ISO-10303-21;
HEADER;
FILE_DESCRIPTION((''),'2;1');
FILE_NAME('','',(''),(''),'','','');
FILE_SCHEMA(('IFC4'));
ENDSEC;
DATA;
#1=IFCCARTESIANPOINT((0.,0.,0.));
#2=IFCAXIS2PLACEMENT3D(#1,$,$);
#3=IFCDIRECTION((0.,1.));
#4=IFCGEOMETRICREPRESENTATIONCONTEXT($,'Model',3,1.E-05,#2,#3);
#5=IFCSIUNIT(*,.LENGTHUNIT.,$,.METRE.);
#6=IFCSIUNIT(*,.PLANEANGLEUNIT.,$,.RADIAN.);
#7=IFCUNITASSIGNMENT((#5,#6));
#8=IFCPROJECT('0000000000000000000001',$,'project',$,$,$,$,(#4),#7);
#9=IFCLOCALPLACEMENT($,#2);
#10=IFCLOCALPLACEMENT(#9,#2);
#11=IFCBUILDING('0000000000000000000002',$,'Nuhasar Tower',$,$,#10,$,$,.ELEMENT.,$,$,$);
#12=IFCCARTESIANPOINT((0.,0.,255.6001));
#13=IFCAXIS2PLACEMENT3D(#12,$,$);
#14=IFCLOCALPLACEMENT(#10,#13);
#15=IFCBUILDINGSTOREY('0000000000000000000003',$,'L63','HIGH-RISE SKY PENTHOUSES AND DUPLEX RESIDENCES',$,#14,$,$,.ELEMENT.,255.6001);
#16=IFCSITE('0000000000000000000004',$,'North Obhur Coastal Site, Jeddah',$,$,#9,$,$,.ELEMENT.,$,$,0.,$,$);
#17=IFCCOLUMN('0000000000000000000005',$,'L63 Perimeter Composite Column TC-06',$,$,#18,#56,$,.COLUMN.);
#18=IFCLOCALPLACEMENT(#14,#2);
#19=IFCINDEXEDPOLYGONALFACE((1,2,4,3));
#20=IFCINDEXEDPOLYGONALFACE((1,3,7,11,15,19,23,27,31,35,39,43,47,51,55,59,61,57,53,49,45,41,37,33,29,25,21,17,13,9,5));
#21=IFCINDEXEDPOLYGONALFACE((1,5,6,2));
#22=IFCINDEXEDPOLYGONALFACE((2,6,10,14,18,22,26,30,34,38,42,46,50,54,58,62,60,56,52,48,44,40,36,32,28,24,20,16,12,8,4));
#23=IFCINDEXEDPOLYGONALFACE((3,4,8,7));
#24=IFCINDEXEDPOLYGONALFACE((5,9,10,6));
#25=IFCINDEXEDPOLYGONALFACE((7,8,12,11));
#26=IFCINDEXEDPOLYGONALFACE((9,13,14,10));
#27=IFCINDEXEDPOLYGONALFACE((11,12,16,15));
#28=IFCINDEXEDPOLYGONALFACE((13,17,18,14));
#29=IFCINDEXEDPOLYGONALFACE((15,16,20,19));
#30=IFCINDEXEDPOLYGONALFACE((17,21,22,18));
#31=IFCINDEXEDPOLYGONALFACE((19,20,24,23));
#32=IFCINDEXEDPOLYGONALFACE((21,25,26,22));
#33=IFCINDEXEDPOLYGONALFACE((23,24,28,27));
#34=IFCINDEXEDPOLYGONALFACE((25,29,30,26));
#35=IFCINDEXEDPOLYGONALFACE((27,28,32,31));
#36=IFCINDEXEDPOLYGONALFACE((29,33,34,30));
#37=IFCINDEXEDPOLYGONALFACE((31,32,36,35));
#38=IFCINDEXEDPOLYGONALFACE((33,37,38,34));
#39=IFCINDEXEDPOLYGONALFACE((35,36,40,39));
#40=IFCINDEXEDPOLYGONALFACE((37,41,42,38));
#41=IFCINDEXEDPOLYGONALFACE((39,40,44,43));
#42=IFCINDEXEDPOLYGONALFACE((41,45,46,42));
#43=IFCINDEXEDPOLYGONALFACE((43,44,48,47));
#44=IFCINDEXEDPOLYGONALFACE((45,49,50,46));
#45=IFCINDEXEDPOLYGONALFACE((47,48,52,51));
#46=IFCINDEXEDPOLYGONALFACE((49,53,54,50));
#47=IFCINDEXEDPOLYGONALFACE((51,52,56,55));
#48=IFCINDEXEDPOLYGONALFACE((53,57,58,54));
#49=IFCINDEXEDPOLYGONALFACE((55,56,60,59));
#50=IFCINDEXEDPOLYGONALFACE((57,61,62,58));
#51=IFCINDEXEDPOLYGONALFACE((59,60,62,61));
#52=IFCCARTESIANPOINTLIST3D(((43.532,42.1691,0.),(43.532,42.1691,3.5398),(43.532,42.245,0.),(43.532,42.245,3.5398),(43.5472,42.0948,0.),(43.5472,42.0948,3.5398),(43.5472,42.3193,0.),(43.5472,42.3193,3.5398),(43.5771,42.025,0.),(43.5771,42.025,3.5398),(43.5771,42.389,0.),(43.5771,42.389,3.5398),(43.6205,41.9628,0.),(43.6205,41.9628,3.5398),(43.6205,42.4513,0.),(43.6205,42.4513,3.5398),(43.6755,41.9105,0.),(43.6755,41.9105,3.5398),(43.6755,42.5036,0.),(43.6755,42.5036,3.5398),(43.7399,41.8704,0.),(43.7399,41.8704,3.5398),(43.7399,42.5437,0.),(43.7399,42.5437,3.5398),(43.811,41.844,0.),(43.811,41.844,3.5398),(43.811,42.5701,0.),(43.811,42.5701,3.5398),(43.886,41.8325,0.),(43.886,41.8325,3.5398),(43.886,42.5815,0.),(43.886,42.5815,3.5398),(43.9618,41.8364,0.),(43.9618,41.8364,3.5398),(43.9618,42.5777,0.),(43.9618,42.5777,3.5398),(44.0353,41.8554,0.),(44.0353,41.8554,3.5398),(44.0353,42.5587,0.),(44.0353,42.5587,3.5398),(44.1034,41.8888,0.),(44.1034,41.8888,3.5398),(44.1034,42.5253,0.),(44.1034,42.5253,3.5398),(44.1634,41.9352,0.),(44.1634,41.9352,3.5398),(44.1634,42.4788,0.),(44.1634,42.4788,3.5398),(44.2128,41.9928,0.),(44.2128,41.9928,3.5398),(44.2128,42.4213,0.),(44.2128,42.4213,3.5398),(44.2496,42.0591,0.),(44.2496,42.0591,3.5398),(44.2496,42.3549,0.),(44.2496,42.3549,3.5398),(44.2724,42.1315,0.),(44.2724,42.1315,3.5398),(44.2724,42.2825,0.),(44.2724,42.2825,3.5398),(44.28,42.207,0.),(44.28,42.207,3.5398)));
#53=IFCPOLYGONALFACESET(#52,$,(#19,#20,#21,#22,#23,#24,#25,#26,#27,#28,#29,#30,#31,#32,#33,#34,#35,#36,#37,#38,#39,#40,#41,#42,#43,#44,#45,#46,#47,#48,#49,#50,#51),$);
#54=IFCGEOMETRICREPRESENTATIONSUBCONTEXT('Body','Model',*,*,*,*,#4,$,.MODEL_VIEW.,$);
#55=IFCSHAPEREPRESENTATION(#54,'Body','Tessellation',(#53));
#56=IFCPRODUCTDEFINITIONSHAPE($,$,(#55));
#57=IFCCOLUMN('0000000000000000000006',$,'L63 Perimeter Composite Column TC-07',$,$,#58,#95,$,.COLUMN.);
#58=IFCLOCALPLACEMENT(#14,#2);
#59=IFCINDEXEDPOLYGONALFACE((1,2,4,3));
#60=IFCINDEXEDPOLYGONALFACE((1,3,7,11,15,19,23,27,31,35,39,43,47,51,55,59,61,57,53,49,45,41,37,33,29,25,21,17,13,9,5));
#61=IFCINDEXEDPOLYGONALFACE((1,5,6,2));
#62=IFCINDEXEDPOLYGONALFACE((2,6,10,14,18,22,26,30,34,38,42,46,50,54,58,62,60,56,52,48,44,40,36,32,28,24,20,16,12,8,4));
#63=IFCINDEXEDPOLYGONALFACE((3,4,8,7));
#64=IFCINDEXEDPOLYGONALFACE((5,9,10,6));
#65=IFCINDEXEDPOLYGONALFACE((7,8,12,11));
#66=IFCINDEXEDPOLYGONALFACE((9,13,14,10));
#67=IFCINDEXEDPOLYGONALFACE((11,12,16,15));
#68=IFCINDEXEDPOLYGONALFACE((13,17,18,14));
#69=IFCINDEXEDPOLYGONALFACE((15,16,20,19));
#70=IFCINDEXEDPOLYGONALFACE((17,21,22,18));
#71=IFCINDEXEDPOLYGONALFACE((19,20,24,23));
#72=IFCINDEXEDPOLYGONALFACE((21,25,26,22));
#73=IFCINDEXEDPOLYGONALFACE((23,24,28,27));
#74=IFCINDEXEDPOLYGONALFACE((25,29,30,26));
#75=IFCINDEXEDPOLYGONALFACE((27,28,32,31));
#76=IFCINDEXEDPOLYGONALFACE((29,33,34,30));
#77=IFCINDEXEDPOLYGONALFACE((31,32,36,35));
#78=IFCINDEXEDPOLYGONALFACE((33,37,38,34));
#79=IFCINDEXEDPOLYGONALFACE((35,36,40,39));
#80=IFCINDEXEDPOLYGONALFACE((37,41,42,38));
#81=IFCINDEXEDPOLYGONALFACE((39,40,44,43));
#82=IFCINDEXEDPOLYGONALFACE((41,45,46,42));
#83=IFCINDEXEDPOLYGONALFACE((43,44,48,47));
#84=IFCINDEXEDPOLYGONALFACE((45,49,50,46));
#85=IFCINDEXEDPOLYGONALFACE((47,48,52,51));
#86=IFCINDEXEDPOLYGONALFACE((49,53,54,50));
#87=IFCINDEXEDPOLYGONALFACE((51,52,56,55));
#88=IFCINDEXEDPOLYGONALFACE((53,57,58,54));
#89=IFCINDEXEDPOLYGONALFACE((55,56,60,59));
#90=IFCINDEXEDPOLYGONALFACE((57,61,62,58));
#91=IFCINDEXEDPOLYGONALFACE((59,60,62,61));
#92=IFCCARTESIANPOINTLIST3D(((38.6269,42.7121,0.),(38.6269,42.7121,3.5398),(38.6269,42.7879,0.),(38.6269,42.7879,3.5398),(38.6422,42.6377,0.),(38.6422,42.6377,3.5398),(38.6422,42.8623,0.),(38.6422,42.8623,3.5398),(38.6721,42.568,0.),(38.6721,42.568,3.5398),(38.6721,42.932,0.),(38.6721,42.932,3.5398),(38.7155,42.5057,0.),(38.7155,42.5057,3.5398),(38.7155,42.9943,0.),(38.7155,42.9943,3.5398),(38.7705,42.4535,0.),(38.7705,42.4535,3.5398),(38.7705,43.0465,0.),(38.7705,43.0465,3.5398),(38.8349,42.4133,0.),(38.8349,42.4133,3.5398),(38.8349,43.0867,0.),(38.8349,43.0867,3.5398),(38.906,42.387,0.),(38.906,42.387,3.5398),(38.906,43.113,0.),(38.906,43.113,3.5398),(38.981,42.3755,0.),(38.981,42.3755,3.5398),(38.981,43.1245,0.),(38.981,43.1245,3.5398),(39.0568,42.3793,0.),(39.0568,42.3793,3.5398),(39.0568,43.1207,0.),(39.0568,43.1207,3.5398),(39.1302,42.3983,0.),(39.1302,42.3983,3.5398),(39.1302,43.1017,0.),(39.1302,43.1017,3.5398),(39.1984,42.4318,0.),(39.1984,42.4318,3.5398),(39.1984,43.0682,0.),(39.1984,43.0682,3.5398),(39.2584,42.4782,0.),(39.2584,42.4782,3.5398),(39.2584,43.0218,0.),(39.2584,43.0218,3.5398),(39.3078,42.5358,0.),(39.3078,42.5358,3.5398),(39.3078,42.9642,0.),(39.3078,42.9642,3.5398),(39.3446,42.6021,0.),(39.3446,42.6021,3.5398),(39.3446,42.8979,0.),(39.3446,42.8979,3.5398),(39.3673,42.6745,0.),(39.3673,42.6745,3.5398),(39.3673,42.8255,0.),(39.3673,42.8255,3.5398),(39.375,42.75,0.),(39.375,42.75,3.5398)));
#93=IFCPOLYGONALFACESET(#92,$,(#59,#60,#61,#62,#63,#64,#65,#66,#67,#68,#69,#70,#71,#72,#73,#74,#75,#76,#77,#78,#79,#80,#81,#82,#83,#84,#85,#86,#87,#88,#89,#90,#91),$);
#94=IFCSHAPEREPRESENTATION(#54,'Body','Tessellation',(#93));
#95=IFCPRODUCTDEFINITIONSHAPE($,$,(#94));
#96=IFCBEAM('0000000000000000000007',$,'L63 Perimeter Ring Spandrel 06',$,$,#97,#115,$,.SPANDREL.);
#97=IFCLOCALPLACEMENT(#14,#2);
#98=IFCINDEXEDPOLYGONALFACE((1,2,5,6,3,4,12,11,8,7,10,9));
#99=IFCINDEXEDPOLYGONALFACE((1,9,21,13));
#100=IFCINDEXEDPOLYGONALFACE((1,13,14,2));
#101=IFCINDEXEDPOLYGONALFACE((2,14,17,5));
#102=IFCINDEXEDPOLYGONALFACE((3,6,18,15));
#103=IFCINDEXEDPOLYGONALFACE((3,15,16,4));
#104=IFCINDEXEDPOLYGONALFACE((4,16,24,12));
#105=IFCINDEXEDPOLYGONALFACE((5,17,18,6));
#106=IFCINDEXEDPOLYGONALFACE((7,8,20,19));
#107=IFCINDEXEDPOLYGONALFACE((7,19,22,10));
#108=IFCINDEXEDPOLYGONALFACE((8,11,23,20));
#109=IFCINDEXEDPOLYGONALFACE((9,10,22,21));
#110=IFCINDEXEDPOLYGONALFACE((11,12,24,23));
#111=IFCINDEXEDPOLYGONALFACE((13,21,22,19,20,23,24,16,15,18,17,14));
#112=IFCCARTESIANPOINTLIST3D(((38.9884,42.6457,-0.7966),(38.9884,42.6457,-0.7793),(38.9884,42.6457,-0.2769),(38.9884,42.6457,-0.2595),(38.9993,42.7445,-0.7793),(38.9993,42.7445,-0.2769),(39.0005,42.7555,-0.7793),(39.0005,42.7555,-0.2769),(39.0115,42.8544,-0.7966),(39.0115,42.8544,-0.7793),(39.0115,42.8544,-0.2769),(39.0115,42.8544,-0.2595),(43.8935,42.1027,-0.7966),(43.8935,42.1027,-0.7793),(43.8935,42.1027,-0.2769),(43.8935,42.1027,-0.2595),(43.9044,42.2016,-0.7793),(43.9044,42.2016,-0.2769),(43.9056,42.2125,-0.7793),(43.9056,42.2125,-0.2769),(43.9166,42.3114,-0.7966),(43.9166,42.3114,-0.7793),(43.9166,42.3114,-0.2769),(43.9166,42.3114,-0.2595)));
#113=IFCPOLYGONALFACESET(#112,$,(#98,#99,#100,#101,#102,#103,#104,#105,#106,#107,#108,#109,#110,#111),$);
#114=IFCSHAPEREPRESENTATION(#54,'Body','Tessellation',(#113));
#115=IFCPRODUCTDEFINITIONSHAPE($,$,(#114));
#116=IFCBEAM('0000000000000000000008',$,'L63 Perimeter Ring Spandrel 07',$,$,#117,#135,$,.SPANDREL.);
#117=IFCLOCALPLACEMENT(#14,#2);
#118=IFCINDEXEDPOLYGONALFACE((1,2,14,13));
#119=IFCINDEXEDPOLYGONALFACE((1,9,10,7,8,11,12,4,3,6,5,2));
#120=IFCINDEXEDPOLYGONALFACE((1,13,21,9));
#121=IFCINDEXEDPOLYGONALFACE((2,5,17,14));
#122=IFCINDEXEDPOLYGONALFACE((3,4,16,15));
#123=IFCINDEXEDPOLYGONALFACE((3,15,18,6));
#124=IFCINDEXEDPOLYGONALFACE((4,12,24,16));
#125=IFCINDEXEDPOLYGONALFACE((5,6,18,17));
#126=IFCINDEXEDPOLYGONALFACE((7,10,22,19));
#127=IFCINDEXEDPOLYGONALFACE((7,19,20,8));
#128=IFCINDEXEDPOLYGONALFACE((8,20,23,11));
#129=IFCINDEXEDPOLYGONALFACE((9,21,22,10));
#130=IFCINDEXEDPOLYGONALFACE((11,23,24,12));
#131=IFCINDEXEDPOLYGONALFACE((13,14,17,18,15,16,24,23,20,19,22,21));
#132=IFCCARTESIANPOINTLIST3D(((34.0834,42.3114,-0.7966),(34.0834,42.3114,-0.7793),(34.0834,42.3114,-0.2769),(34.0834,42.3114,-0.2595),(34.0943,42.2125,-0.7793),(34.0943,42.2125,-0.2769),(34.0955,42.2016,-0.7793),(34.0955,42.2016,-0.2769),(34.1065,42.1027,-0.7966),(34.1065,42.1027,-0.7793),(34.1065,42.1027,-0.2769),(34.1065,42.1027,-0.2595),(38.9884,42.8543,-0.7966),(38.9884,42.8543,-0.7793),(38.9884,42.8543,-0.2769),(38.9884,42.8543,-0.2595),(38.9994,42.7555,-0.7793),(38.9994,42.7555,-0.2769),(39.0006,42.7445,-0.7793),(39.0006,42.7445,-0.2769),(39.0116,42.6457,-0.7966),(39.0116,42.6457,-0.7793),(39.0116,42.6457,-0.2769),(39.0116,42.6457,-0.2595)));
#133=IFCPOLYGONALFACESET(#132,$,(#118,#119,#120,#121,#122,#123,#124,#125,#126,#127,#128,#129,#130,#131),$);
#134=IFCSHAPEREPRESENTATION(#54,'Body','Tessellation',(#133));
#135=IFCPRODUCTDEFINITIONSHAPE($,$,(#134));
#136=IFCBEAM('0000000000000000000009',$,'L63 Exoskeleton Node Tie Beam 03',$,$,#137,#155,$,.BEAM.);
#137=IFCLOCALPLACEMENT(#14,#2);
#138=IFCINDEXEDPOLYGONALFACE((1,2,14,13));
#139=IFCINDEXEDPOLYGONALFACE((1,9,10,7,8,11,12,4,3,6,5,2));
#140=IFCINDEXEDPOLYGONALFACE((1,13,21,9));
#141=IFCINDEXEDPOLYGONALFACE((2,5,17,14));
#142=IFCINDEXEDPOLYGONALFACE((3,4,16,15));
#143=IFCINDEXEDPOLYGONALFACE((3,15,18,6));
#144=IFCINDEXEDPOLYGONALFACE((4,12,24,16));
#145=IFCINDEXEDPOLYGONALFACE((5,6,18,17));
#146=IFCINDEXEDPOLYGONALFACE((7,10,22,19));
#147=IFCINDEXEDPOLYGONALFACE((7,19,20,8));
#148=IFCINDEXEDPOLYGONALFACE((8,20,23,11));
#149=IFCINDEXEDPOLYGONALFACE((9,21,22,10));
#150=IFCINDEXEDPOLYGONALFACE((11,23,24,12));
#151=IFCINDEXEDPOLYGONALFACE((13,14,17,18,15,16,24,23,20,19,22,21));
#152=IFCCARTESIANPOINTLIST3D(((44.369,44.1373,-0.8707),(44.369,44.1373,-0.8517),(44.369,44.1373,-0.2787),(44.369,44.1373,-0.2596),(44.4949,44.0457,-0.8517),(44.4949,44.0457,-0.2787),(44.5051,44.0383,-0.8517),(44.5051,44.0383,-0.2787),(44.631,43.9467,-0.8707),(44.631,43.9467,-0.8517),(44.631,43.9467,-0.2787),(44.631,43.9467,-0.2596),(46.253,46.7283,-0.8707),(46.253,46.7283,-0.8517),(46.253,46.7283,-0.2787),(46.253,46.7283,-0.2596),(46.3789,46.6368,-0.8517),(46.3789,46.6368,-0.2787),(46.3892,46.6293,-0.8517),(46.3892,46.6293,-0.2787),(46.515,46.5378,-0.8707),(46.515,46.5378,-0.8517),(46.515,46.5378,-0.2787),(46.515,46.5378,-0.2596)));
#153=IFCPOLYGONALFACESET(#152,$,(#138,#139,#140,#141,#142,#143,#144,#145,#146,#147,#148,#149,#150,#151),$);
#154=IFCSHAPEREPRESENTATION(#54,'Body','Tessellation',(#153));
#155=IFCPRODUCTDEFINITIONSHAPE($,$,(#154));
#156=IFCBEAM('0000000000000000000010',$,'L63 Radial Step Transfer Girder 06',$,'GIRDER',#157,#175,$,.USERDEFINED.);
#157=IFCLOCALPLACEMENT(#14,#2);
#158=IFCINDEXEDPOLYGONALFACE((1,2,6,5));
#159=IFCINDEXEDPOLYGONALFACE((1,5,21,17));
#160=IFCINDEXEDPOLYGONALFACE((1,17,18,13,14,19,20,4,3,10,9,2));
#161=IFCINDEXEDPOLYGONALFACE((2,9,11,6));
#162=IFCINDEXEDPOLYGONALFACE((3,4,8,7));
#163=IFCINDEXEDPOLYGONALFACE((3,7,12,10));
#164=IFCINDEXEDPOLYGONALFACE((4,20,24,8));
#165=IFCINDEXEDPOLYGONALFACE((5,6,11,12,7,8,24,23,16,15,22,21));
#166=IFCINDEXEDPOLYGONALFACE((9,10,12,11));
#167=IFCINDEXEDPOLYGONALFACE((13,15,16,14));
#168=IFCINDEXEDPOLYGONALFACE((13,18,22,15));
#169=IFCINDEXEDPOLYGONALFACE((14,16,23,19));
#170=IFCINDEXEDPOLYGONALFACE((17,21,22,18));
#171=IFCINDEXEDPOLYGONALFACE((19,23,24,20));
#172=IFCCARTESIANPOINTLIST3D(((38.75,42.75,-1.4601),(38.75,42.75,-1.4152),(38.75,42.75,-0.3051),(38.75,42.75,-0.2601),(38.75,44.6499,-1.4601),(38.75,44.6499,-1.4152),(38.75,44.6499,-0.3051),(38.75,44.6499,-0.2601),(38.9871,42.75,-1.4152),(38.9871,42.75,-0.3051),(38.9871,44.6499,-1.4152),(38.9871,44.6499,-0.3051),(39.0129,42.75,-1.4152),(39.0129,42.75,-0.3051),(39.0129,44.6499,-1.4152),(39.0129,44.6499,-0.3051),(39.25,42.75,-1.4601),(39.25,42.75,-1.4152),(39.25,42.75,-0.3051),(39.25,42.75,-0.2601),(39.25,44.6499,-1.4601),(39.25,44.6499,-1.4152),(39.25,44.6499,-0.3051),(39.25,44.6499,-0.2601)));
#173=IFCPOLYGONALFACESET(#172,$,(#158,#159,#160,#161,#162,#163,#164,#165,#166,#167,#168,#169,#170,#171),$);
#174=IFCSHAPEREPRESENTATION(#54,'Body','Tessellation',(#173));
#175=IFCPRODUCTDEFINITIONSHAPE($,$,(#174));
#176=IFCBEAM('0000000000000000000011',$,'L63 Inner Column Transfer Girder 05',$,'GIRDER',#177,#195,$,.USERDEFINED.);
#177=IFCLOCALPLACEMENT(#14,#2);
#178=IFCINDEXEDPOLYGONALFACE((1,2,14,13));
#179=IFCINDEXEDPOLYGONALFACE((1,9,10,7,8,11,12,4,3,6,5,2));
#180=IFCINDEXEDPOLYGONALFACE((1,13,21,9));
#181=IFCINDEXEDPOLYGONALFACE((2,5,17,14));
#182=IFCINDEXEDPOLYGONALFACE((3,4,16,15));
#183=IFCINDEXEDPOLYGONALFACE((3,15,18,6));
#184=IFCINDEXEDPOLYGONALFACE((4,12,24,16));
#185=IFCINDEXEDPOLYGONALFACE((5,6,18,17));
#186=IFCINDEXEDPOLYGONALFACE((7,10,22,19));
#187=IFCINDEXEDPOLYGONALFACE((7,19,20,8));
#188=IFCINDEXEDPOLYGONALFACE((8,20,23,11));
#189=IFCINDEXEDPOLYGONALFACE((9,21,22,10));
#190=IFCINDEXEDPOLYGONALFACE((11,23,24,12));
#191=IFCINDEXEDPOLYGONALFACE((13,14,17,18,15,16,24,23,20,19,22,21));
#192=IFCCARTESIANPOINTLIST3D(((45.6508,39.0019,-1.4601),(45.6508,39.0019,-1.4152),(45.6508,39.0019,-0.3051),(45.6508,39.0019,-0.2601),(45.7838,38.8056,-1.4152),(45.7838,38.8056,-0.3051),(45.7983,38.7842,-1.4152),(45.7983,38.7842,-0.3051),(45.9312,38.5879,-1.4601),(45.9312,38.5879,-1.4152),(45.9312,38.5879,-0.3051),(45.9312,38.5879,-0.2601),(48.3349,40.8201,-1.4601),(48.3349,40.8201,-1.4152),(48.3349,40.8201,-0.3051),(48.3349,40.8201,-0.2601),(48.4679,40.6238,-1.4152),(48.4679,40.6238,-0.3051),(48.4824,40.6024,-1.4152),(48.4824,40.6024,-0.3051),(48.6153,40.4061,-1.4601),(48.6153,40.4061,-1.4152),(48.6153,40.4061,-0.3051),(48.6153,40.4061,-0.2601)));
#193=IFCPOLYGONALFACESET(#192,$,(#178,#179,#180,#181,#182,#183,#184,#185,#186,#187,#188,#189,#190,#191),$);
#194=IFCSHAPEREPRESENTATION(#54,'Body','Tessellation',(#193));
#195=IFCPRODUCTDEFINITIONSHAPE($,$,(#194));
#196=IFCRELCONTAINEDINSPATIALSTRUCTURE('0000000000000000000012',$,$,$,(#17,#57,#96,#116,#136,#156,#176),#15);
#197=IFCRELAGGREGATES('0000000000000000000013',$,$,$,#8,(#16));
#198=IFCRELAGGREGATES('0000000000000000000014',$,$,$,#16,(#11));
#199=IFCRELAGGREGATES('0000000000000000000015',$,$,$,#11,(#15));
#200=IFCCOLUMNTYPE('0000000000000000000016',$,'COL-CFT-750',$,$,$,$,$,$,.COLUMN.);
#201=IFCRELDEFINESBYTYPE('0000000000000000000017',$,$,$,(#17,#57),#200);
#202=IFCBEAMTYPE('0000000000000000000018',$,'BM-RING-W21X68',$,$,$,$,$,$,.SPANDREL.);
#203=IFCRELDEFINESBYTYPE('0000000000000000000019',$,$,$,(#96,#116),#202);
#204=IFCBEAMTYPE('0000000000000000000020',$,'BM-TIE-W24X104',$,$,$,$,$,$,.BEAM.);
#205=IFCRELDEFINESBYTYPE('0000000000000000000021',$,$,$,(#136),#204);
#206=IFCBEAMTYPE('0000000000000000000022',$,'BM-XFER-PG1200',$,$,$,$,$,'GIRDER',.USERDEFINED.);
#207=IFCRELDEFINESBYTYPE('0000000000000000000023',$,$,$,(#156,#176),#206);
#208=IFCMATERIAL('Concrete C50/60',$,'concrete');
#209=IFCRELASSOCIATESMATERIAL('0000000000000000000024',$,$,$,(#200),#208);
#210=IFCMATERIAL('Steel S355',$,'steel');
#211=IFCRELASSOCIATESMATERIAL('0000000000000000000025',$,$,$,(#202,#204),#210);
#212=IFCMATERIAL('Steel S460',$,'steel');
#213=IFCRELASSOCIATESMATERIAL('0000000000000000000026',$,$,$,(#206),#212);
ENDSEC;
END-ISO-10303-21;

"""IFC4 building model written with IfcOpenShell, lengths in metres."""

from ifc_helpers import new_model, si_unit, direction, frame, origin, origin_2d, place, context, subcontext, project, spatial, circle, i_section, extrude, material, material_profile, profile_set, type_object, element, save


model = new_model("IFC4")

# Units and contexts
model_context = context("Model", 3, precision=1e-05, world=origin(), true_north=direction((0.0, 1.0)))
body_context = subcontext(model_context, "Body", "Model", "MODEL_VIEW")
ifc_project = project(units=[si_unit("LENGTHUNIT", "METRE"), si_unit("PLANEANGLEUNIT", "RADIAN")], contexts=[model_context])

# Site, building, storey
site_placement = place(None, origin())
site = spatial("IfcSite", under=ifc_project, at=site_placement, Name="North Obhur Coastal Site, Jeddah", CompositionType="ELEMENT", RefElevation=0.0)
building_placement = place(site_placement, origin())
building = spatial("IfcBuilding", under=site, at=building_placement, Name="Nuhasar Tower", CompositionType="ELEMENT")
storey_placement = place(building_placement, frame((0.0, 0.0, 255.6001)))
storey = spatial("IfcBuildingStorey", under=building, at=storey_placement, Name="L63", Description="HIGH-RISE SKY PENTHOUSES AND DUPLEX RESIDENCES", CompositionType="ELEMENT", Elevation=255.6001)

# Columns
ifc_material_1 = material(Name="Concrete C50/60", Category="concrete")
ifc_material_profile_1 = material_profile(ifc_material_1, circle(Radius=0.375, at=origin_2d()), Name="CFT750")
ifc_profile_set_1 = profile_set([ifc_material_profile_1], Name="Concrete C50/60")
column_type = type_object("IfcColumnType", Name="COL-CFT-750", PredefinedType="COLUMN", material=ifc_profile_set_1)
for number, where, z_axis, x_axis, name in (
    (1, (43.905, 42.207, 0.0), (0.0, 0.0, 1.0), (1.0, 0.0, 0.0), "L63 Perimeter Composite Column TC-06"),
    (2, (39.0, 42.75, 0.0), (0.0, 0.0, 1.0), (1.0, 0.0, 0.0), "L63 Perimeter Composite Column TC-07"),
):
    element("IfcColumn", number, at=place(storey_placement, frame(where, z_axis=z_axis, x_axis=x_axis)), inside=storey, type_object=column_type, Name=name, PredefinedType="COLUMN", context=body_context, shape_type="SweptSolid", body=[
        extrude(circle(Radius=0.375, at=origin_2d()), origin(), (0.0, 0.0, 1.0), 3.5398),
    ])

# Beams
ifc_material_2 = material(Name="Steel S355", Category="steel")
ifc_material_profile_2 = material_profile(ifc_material_2, i_section(OverallWidth=0.21, OverallDepth=0.5371, WebThickness=0.011, FlangeThickness=0.0173, at=origin_2d()), Name="W21X68")
ifc_profile_set_2 = profile_set([ifc_material_profile_2], Name="Steel S355")
beam_type_1 = type_object("IfcBeamType", Name="BM-RING-W21X68", PredefinedType="SPANDREL", material=ifc_profile_set_2)
for number, where, z_axis, x_axis, name in (
    (3, (43.905, 42.207, -0.5281), (-0.993929, 0.110024, 0.0), (-0.110024, -0.993929, 0.0), "L63 Perimeter Ring Spandrel 06"),
    (4, (39.0, 42.75, -0.5281), (-0.993929, -0.110024, 0.0), (0.110024, -0.993929, 0.0), "L63 Perimeter Ring Spandrel 07"),
):
    element("IfcBeam", number, at=place(storey_placement, frame(where, z_axis=z_axis, x_axis=x_axis)), inside=storey, type_object=beam_type_1, Name=name, PredefinedType="SPANDREL", context=body_context, shape_type="SweptSolid", body=[
        extrude(i_section(OverallWidth=0.21, OverallDepth=0.5371, WebThickness=0.011, FlangeThickness=0.0173, at=origin_2d()), origin(), (0.0, 0.0, 1.0), 4.9351),
    ])
ifc_material_profile_3 = material_profile(ifc_material_2, i_section(OverallWidth=0.324, OverallDepth=0.6111, WebThickness=0.0127, FlangeThickness=0.019, at=origin_2d()), Name="W24X104")
ifc_profile_set_3 = profile_set([ifc_material_profile_3], Name="Steel S355")
beam_type_2 = type_object("IfcBeamType", Name="BM-TIE-W24X104", PredefinedType="BEAM", material=ifc_profile_set_3)
beam_1_placement = place(storey_placement, frame((44.5, 44.042, -0.5652), z_axis=(0.588095, 0.808792, 0.0), x_axis=(-0.808792, 0.588095, 0.0)))
element("IfcBeam", 5, at=beam_1_placement, inside=storey, type_object=beam_type_2, Name="L63 Exoskeleton Node Tie Beam 03", PredefinedType="BEAM", context=body_context, shape_type="SweptSolid", body=[
    extrude(i_section(OverallWidth=0.324, OverallDepth=0.6111, WebThickness=0.0127, FlangeThickness=0.019, at=origin_2d()), origin(), (0.0, 0.0, 1.0), 3.2036),
])
ifc_material_3 = material(Name="Steel S460", Category="steel")
ifc_material_profile_4 = material_profile(ifc_material_3, i_section(OverallWidth=0.5, OverallDepth=1.2, WebThickness=0.0259, FlangeThickness=0.0449, at=origin_2d()), Name="PG1200X500")
ifc_profile_set_4 = profile_set([ifc_material_profile_4], Name="Steel S460")
beam_type_3 = type_object("IfcBeamType", Name="BM-XFER-PG1200", ElementType="GIRDER", PredefinedType="USERDEFINED", material=ifc_profile_set_4)
beam_2_placement = place(storey_placement, frame((39.0, 42.75, -0.8601), z_axis=(0.0, 1.0, 0.0), x_axis=(-1.0, 0.0, 0.0)))
element("IfcBeam", 6, at=beam_2_placement, inside=storey, type_object=beam_type_3, Name="L63 Radial Step Transfer Girder 06", ObjectType="GIRDER", PredefinedType="USERDEFINED", context=body_context, shape_type="SweptSolid", body=[
    extrude(i_section(OverallWidth=0.5, OverallDepth=1.2, WebThickness=0.0259, FlangeThickness=0.0449, at=origin_2d()), origin(), (0.0, 0.0, 1.0), 1.8999),
])
beam_3_placement = place(storey_placement, frame((45.791, 38.7949, -0.8601), z_axis=(0.827938, 0.56082, 0.0), x_axis=(-0.56082, 0.827938, 0.0)))
element("IfcBeam", 7, at=beam_3_placement, inside=storey, type_object=beam_type_3, Name="L63 Inner Column Transfer Girder 05", ObjectType="GIRDER", PredefinedType="USERDEFINED", context=body_context, shape_type="SweptSolid", body=[
    extrude(i_section(OverallWidth=0.5, OverallDepth=1.2, WebThickness=0.0259, FlangeThickness=0.0449, at=origin_2d()), origin(), (0.0, 0.0, 1.0), 3.2419),
])

save(model, "model.ifc")
